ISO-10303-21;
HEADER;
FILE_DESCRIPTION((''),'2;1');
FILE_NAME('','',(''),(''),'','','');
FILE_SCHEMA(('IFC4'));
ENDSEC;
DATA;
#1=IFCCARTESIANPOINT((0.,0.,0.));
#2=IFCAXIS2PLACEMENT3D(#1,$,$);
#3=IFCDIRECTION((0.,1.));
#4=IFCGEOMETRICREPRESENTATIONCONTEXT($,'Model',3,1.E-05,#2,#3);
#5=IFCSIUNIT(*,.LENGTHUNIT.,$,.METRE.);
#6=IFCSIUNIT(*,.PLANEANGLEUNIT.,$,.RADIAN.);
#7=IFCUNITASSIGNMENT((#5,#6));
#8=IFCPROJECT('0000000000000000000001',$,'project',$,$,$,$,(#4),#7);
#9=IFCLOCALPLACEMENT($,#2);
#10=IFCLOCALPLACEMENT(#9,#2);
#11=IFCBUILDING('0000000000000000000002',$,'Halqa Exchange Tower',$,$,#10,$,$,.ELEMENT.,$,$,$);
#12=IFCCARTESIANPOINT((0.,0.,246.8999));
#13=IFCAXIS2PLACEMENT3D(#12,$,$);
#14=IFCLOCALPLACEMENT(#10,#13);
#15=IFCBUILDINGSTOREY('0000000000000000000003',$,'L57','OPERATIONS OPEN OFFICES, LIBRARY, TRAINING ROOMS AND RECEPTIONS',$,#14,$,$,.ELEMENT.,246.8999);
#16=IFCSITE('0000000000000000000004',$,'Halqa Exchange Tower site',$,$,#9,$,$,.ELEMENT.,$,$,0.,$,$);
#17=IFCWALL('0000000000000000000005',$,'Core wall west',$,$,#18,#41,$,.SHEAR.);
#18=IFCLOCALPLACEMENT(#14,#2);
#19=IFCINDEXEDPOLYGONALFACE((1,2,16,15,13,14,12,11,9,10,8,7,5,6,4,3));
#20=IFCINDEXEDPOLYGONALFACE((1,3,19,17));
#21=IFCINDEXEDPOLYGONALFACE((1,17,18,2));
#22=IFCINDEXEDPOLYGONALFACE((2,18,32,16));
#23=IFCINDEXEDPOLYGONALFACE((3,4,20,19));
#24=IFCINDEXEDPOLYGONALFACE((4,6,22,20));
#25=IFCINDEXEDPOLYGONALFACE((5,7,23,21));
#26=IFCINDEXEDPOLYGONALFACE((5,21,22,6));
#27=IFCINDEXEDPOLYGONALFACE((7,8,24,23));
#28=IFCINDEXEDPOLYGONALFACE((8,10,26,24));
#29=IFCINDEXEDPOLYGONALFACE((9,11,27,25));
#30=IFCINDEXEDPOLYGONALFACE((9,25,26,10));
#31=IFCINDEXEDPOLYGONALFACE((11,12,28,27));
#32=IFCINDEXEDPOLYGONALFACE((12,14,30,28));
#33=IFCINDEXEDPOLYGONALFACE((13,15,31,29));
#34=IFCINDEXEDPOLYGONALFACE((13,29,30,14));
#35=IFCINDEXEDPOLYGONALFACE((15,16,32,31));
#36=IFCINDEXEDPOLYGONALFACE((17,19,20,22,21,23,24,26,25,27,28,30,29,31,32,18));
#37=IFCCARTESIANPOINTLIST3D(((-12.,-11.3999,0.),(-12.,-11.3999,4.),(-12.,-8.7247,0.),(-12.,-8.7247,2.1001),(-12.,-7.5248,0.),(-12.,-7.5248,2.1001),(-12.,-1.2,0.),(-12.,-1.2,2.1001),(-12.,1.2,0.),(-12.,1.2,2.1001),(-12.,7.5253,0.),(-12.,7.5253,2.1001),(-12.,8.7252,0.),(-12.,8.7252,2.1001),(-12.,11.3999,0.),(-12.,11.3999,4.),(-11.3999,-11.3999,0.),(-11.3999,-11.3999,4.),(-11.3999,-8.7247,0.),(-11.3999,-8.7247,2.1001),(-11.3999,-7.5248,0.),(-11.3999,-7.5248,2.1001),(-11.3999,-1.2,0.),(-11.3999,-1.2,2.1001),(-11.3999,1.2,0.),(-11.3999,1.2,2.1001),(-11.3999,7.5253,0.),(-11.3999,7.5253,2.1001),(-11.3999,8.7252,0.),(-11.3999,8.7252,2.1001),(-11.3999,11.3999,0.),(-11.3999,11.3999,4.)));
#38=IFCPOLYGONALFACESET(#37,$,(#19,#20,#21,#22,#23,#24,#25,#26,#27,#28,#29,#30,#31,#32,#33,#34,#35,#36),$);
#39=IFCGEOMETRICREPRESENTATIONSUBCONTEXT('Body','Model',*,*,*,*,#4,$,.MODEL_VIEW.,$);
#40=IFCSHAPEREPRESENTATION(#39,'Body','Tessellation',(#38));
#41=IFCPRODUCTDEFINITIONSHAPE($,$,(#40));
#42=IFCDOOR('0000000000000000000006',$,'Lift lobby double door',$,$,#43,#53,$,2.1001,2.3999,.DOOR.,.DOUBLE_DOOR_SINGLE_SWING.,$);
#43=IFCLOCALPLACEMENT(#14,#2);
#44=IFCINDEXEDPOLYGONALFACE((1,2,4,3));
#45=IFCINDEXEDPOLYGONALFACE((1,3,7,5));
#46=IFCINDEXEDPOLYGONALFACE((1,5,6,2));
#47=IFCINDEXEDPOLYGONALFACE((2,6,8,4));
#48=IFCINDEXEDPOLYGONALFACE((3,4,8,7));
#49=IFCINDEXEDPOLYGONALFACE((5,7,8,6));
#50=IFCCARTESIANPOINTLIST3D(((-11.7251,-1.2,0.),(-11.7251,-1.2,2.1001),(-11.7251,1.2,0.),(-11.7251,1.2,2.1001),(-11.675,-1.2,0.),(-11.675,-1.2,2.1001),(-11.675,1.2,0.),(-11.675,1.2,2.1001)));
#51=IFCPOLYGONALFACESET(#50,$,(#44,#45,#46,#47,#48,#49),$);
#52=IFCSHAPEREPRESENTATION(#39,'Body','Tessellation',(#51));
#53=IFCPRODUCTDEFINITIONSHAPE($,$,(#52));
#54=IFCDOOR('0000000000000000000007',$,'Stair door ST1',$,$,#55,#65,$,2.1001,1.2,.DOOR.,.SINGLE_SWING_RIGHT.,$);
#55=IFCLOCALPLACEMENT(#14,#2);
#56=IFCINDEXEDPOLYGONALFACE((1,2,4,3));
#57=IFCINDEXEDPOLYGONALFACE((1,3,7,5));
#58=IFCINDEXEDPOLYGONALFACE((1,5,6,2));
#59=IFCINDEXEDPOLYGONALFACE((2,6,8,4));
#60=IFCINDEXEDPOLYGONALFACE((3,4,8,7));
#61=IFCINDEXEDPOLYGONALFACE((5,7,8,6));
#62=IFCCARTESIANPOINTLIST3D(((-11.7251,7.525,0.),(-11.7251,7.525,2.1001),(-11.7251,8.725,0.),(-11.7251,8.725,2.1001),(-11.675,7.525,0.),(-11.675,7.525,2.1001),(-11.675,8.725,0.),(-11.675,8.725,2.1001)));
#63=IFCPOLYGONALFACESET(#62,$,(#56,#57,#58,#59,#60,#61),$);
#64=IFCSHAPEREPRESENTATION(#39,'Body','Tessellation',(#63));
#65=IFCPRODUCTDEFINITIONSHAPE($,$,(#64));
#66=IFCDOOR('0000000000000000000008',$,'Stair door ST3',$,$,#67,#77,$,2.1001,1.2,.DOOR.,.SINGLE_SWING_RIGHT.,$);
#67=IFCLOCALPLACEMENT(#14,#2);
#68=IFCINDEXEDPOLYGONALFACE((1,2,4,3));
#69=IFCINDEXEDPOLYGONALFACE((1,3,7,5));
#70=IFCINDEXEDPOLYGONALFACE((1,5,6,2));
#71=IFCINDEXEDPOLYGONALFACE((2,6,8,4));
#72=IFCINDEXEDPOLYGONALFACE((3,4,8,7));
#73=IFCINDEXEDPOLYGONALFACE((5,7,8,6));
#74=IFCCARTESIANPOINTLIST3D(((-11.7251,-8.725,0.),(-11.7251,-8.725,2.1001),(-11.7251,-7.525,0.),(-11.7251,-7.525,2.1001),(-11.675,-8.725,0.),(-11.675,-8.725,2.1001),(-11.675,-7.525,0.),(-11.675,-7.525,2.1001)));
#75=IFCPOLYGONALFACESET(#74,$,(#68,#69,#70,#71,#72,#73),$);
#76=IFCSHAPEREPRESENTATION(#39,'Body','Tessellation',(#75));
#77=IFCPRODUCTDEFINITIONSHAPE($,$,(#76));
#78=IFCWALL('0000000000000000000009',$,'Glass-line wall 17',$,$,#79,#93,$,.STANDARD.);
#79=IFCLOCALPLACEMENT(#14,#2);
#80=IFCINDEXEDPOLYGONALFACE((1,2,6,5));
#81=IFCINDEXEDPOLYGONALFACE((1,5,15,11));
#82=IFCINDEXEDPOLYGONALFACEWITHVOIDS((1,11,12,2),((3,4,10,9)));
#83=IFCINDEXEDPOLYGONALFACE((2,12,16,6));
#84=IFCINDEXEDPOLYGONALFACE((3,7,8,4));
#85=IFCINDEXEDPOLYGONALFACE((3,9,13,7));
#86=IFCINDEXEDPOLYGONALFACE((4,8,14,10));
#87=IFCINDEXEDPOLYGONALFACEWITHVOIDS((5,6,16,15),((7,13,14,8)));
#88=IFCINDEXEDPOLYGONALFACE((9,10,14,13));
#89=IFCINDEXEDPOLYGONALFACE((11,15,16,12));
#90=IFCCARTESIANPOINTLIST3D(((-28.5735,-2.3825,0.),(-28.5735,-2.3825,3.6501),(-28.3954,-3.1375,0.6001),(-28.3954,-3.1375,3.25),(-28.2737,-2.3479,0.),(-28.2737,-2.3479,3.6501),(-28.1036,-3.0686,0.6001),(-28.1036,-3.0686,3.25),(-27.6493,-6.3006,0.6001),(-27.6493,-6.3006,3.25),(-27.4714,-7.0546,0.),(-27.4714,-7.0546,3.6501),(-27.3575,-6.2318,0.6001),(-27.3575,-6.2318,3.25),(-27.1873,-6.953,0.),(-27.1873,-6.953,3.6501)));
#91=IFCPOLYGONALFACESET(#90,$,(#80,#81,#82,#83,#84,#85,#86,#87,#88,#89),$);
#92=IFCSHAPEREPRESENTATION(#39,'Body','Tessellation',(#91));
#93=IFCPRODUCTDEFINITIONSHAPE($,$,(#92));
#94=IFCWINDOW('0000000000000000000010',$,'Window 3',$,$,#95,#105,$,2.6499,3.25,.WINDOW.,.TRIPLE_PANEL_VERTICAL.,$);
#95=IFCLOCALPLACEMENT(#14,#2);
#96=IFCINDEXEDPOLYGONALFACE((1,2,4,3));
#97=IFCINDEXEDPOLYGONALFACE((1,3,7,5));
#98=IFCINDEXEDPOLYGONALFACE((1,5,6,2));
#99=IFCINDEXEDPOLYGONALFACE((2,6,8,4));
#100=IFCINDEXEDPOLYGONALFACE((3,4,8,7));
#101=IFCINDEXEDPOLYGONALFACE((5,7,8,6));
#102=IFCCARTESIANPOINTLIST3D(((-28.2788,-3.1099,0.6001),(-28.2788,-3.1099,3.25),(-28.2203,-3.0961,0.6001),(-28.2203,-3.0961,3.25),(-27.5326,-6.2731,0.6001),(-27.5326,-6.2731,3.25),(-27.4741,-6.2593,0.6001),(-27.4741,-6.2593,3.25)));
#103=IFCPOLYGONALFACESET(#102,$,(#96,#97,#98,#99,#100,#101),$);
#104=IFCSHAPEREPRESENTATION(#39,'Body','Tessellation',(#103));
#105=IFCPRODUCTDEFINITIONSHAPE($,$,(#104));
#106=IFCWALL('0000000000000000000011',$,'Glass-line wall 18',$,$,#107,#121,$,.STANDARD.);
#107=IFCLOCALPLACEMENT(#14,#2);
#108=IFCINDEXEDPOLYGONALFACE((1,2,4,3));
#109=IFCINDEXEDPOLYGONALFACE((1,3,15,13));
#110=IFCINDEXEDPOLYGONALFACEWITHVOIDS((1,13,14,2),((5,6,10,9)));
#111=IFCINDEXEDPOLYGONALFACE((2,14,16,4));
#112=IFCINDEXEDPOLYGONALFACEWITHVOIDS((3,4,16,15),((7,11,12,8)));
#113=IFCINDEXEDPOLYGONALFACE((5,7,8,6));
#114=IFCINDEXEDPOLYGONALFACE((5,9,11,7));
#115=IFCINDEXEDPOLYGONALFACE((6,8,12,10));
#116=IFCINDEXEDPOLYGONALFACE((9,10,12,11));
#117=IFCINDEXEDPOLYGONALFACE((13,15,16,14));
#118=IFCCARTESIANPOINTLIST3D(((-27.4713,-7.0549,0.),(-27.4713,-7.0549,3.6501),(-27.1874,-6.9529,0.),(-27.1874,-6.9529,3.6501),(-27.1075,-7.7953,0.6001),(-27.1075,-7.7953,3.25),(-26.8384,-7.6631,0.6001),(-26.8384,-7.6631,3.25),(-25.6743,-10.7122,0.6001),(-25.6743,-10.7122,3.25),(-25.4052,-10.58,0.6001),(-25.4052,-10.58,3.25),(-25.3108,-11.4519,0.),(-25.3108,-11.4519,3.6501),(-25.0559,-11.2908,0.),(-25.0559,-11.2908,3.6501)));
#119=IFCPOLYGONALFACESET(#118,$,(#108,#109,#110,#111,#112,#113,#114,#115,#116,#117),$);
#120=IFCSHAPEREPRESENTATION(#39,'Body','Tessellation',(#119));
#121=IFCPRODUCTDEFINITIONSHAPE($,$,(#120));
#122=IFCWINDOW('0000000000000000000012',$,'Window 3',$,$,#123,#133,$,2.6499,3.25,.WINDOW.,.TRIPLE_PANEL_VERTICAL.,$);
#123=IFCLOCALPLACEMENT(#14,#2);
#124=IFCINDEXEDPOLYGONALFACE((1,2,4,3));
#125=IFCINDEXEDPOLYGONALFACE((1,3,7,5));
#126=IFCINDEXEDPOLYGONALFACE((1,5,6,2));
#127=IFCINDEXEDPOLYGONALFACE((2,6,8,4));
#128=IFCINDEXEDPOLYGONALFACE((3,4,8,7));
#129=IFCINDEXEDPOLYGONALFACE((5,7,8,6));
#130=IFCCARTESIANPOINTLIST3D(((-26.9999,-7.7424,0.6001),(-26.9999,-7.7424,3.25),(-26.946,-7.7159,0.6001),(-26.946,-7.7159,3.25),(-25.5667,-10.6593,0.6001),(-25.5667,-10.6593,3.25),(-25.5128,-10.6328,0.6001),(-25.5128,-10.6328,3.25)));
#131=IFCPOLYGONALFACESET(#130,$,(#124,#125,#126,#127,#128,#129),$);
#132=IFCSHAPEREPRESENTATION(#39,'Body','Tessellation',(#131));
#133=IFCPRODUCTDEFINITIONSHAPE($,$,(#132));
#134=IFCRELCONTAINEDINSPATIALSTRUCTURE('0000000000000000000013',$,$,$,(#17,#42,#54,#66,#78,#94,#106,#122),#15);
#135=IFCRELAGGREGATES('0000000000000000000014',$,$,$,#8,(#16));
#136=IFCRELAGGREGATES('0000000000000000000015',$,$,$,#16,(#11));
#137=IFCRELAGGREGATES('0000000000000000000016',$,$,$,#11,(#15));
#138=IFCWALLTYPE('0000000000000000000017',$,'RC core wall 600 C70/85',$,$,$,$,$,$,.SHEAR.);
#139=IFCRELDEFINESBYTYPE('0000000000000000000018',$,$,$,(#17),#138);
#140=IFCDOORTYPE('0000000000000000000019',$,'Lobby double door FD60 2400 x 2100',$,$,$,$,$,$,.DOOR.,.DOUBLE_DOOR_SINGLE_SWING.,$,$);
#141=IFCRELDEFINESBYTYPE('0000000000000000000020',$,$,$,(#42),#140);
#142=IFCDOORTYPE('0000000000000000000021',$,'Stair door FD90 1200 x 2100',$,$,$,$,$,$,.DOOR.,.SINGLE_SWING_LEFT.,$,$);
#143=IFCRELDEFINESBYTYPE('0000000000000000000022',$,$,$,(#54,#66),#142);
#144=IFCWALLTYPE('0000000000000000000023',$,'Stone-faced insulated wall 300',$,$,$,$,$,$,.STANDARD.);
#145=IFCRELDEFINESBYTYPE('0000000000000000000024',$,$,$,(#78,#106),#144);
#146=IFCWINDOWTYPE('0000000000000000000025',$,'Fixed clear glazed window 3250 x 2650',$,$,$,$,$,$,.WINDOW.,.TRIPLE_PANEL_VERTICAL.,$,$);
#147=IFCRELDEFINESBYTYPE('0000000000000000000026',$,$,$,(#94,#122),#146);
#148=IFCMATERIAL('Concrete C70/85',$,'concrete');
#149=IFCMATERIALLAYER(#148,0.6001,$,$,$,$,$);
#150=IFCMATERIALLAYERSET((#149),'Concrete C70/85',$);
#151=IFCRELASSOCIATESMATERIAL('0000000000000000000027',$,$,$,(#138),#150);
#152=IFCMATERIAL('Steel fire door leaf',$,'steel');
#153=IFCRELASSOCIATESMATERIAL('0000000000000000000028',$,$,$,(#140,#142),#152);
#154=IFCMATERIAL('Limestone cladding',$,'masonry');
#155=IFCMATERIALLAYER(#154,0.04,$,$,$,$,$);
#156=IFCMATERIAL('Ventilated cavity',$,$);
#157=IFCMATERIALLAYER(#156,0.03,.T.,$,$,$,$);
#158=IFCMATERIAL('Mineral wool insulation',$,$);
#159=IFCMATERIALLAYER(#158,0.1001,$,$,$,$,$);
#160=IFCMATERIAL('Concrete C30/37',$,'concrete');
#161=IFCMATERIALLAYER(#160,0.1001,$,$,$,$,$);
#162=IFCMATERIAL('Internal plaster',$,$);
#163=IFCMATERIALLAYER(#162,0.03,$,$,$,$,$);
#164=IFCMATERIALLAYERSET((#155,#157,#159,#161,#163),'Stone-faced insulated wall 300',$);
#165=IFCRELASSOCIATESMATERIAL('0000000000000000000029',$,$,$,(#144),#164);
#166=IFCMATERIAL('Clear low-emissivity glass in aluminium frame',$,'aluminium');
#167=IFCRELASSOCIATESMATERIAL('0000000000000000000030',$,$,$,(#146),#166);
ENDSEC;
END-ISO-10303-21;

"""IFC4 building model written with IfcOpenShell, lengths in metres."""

from ifc_helpers import new_model, si_unit, direction, frame, frame_2d, origin, place, context, subcontext, project, spatial, polyline, rectangle, outline, extrude, material, layer, layer_set, type_object, element, fill, save


model = new_model("IFC4")

# Units and contexts
model_context = context("Model", 3, precision=1e-05, world=origin(), true_north=direction((0.0, 1.0)))
body_context = subcontext(model_context, "Body", "Model", "MODEL_VIEW")
ifc_project = project(units=[si_unit("LENGTHUNIT", "METRE"), si_unit("PLANEANGLEUNIT", "RADIAN")], contexts=[model_context])

# Site, building, storey
site_placement = place(None, origin())
site = spatial("IfcSite", under=ifc_project, at=site_placement, Name="Halqa Exchange Tower site", CompositionType="ELEMENT", RefElevation=0.0)
building_placement = place(site_placement, origin())
building = spatial("IfcBuilding", under=site, at=building_placement, Name="Halqa Exchange Tower", CompositionType="ELEMENT")
storey_placement = place(building_placement, frame((0.0, 0.0, 246.8999)))
storey = spatial("IfcBuildingStorey", under=building, at=storey_placement, Name="L57", Description="OPERATIONS OPEN OFFICES, LIBRARY, TRAINING ROOMS AND RECEPTIONS", CompositionType="ELEMENT", Elevation=246.8999)

# Shared definitions
ifc_material_1 = material(Name="Steel fire door leaf", Category="steel")

# Wall, openings, doors
ifc_material_2 = material(Name="Concrete C70/85", Category="concrete")
ifc_layer_1 = layer(ifc_material_2, 0.6001)
ifc_layer_set_1 = layer_set([ifc_layer_1], Name="Concrete C70/85")
wall_type_1 = type_object("IfcWallType", Name="RC core wall 600 C70/85", PredefinedType="SHEAR", material=ifc_layer_set_1)
wall_1_placement = place(storey_placement, frame((-11.7, -11.3999, 0.0), z_axis=(0.0, 0.0, 1.0), x_axis=(0.0, 1.0, 0.0)))
wall_1 = element("IfcWall", 1, at=wall_1_placement, inside=storey, type_object=wall_type_1, Name="Core wall west", PredefinedType="SHEAR", context=body_context, shape_type="SweptSolid", body=[
    extrude(rectangle(XDim=22.7998, YDim=0.6001, at=frame_2d((11.3999, 0.0))), origin(), (0.0, 0.0, 1.0), 4.0),
])
opening_1_placement = place(wall_1_placement, frame((10.2, 0.0, 0.0)))
opening_1 = element("IfcOpeningElement", 2, at=opening_1_placement, cuts=wall_1, PredefinedType="OPENING", context=body_context, shape_type="SweptSolid", body=[
    extrude(rectangle(XDim=2.3999, YDim=2.1001, at=frame_2d((1.2, 1.05))), frame((0.0, 0.312, 0.0), z_axis=(0.0, -1.0, 0.0), x_axis=(1.0, 0.0, 0.0)), (0.0, 0.0, 1.0), 0.624),
])
opening_2_placement = place(wall_1_placement, frame((18.925, 0.0, 0.0)))
opening_2 = element("IfcOpeningElement", 3, at=opening_2_placement, cuts=wall_1, PredefinedType="OPENING", context=body_context, shape_type="SweptSolid", body=[
    extrude(rectangle(XDim=1.2, YDim=2.1001, at=frame_2d((0.6001, 1.05))), frame((0.0, 0.312, 0.0), z_axis=(0.0, -1.0, 0.0), x_axis=(1.0, 0.0, 0.0)), (0.0, 0.0, 1.0), 0.624),
])
opening_3_placement = place(wall_1_placement, frame((2.675, 0.0, 0.0)))
opening_3 = element("IfcOpeningElement", 4, at=opening_3_placement, cuts=wall_1, PredefinedType="OPENING", context=body_context, shape_type="SweptSolid", body=[
    extrude(rectangle(XDim=1.2, YDim=2.1001, at=frame_2d((0.6001, 1.05))), frame((0.0, 0.312, 0.0), z_axis=(0.0, -1.0, 0.0), x_axis=(1.0, 0.0, 0.0)), (0.0, 0.0, 1.0), 0.624),
])
door_type_1 = type_object("IfcDoorType", Name="Lobby double door FD60 2400 x 2100", OperationType="DOUBLE_DOOR_SINGLE_SWING", PredefinedType="DOOR", material=ifc_material_1)
door_1_placement = place(opening_1_placement, frame((2.3999, 0.0, 0.0), z_axis=(0.0, 0.0, 1.0), x_axis=(-1.0, 0.0, 0.0)))
door_1 = element("IfcDoor", 5, at=door_1_placement, inside=storey, type_object=door_type_1, Name="Lift lobby double door", OperationType="DOUBLE_DOOR_SINGLE_SWING", OverallHeight=2.1001, OverallWidth=2.3999, PredefinedType="DOOR", context=body_context, shape_type="SweptSolid", body=[
    extrude(rectangle(XDim=2.3999, YDim=2.1001, at=frame_2d((1.2, 1.05))), frame((0.0, 0.0249, 0.0), z_axis=(0.0, -1.0, 0.0), x_axis=(1.0, 0.0, 0.0)), (0.0, 0.0, 1.0), 0.05),
])
fill(opening_1, door_1)
door_type_2 = type_object("IfcDoorType", Name="Stair door FD90 1200 x 2100", OperationType="SINGLE_SWING_LEFT", PredefinedType="DOOR", material=ifc_material_1)
door_2_placement = place(opening_2_placement, frame((1.2, 0.0, 0.0), z_axis=(0.0, 0.0, 1.0), x_axis=(-1.0, 0.0, 0.0)))
door_2 = element("IfcDoor", 6, at=door_2_placement, inside=storey, type_object=door_type_2, Name="Stair door ST1", OperationType="SINGLE_SWING_RIGHT", OverallHeight=2.1001, OverallWidth=1.2, PredefinedType="DOOR", context=body_context, shape_type="SweptSolid", body=[
    extrude(rectangle(XDim=1.2, YDim=2.1001, at=frame_2d((0.6001, 1.05))), frame((0.0, 0.0249, 0.0), z_axis=(0.0, -1.0, 0.0), x_axis=(1.0, 0.0, 0.0)), (0.0, 0.0, 1.0), 0.05),
])
fill(opening_2, door_2)
door_3_placement = place(opening_3_placement, frame((1.2, 0.0, 0.0), z_axis=(0.0, 0.0, 1.0), x_axis=(-1.0, 0.0, 0.0)))
door_3 = element("IfcDoor", 7, at=door_3_placement, inside=storey, type_object=door_type_2, Name="Stair door ST3", OperationType="SINGLE_SWING_RIGHT", OverallHeight=2.1001, OverallWidth=1.2, PredefinedType="DOOR", context=body_context, shape_type="SweptSolid", body=[
    extrude(rectangle(XDim=1.2, YDim=2.1001, at=frame_2d((0.6001, 1.05))), frame((0.0, 0.0249, 0.0), z_axis=(0.0, -1.0, 0.0), x_axis=(1.0, 0.0, 0.0)), (0.0, 0.0, 1.0), 0.05),
])
fill(opening_3, door_3)

# Walls, openings, windows
ifc_material_3 = material(Name="Limestone cladding", Category="masonry")
ifc_layer_2 = layer(ifc_material_3, 0.04)
ifc_material_4 = material(Name="Ventilated cavity")
ifc_layer_3 = layer(ifc_material_4, 0.03, ventilated=True)
ifc_material_5 = material(Name="Mineral wool insulation")
ifc_layer_4 = layer(ifc_material_5, 0.1001)
ifc_material_6 = material(Name="Concrete C30/37", Category="concrete")
ifc_layer_5 = layer(ifc_material_6, 0.1001)
ifc_material_7 = material(Name="Internal plaster")
ifc_layer_6 = layer(ifc_material_7, 0.03)
ifc_layer_set_2 = layer_set([ifc_layer_2, ifc_layer_3, ifc_layer_4, ifc_layer_5, ifc_layer_6], Name="Stone-faced insulated wall 300")
wall_type_2 = type_object("IfcWallType", Name="Stone-faced insulated wall 300", PredefinedType="STANDARD", material=ifc_layer_set_2)
wall_2_placement = place(storey_placement, frame((-28.4236, -2.3652, 0.0), z_axis=(0.0, 0.0, 1.0), x_axis=(0.229593, -0.973287, 0.0)))
wall_2 = element("IfcWall", 8, at=wall_2_placement, inside=storey, type_object=wall_type_2, Name="Glass-line wall 17", PredefinedType="STANDARD", context=body_context, shape_type="SweptSolid", body=[
    extrude(outline(polyline([(-0.0176, -0.1499), (4.7827, -0.1499), (4.749, 0.1499), (0.0176, 0.1499), (-0.0176, -0.1499)])), origin(), (0.0, 0.0, 1.0), 3.6501),
])
opening_4_placement = place(wall_2_placement, frame((0.7581, 0.0, 0.6001)))
opening_4 = element("IfcOpeningElement", 9, at=opening_4_placement, cuts=wall_2, PredefinedType="OPENING", context=body_context, shape_type="SweptSolid", body=[
    extrude(rectangle(XDim=3.25, YDim=2.6499, at=frame_2d((1.625, 1.325))), frame((0.0, 0.1621, 0.0), z_axis=(0.0, -1.0, 0.0), x_axis=(1.0, 0.0, 0.0)), (0.0, 0.0, 1.0), 0.324),
])
ifc_material_8 = material(Name="Clear low-emissivity glass in aluminium frame", Category="aluminium")
window_type = type_object("IfcWindowType", Name="Fixed clear glazed window 3250 x 2650", PartitioningType="TRIPLE_PANEL_VERTICAL", PredefinedType="WINDOW", material=ifc_material_8)
window_1_placement = place(opening_4_placement, origin())
window_1 = element("IfcWindow", 10, at=window_1_placement, inside=storey, type_object=window_type, Name="Window 3", OverallHeight=2.6499, OverallWidth=3.25, PartitioningType="TRIPLE_PANEL_VERTICAL", PredefinedType="WINDOW", context=body_context, shape_type="SweptSolid", body=[
    extrude(rectangle(XDim=3.25, YDim=2.6499, at=frame_2d((1.625, 1.325))), frame((0.0, 0.03, 0.0), z_axis=(0.0, -1.0, 0.0), x_axis=(1.0, 0.0, 0.0)), (0.0, 0.0, 1.0), 0.0601),
])
fill(opening_4, window_1)
wall_3_placement = place(storey_placement, frame((-27.3293, -7.0039, 0.0), z_axis=(0.0, 0.0, 1.0), x_axis=(0.441002, -0.897506, 0.0)))
wall_3 = element("IfcWall", 11, at=wall_3_placement, inside=storey, type_object=wall_type_2, Name="Glass-line wall 18", PredefinedType="STANDARD", context=body_context, shape_type="SweptSolid", body=[
    extrude(outline(polyline([(-0.0168, -0.1499), (4.8823, -0.1499), (4.8501, 0.1499), (0.0168, 0.1499), (-0.0168, -0.1499)])), origin(), (0.0, 0.0, 1.0), 3.6501),
])
opening_5_placement = place(wall_3_placement, frame((0.8081, 0.0, 0.6001)))
opening_5 = element("IfcOpeningElement", 12, at=opening_5_placement, cuts=wall_3, PredefinedType="OPENING", context=body_context, shape_type="SweptSolid", body=[
    extrude(rectangle(XDim=3.25, YDim=2.6499, at=frame_2d((1.625, 1.325))), frame((0.0, 0.1621, 0.0), z_axis=(0.0, -1.0, 0.0), x_axis=(1.0, 0.0, 0.0)), (0.0, 0.0, 1.0), 0.324),
])
window_2_placement = place(opening_5_placement, origin())
window_2 = element("IfcWindow", 13, at=window_2_placement, inside=storey, type_object=window_type, Name="Window 3", OverallHeight=2.6499, OverallWidth=3.25, PartitioningType="TRIPLE_PANEL_VERTICAL", PredefinedType="WINDOW", context=body_context, shape_type="SweptSolid", body=[
    extrude(rectangle(XDim=3.25, YDim=2.6499, at=frame_2d((1.625, 1.325))), frame((0.0, 0.03, 0.0), z_axis=(0.0, -1.0, 0.0), x_axis=(1.0, 0.0, 0.0)), (0.0, 0.0, 1.0), 0.0601),
])
fill(opening_5, window_2)

save(model, "model.ifc")
